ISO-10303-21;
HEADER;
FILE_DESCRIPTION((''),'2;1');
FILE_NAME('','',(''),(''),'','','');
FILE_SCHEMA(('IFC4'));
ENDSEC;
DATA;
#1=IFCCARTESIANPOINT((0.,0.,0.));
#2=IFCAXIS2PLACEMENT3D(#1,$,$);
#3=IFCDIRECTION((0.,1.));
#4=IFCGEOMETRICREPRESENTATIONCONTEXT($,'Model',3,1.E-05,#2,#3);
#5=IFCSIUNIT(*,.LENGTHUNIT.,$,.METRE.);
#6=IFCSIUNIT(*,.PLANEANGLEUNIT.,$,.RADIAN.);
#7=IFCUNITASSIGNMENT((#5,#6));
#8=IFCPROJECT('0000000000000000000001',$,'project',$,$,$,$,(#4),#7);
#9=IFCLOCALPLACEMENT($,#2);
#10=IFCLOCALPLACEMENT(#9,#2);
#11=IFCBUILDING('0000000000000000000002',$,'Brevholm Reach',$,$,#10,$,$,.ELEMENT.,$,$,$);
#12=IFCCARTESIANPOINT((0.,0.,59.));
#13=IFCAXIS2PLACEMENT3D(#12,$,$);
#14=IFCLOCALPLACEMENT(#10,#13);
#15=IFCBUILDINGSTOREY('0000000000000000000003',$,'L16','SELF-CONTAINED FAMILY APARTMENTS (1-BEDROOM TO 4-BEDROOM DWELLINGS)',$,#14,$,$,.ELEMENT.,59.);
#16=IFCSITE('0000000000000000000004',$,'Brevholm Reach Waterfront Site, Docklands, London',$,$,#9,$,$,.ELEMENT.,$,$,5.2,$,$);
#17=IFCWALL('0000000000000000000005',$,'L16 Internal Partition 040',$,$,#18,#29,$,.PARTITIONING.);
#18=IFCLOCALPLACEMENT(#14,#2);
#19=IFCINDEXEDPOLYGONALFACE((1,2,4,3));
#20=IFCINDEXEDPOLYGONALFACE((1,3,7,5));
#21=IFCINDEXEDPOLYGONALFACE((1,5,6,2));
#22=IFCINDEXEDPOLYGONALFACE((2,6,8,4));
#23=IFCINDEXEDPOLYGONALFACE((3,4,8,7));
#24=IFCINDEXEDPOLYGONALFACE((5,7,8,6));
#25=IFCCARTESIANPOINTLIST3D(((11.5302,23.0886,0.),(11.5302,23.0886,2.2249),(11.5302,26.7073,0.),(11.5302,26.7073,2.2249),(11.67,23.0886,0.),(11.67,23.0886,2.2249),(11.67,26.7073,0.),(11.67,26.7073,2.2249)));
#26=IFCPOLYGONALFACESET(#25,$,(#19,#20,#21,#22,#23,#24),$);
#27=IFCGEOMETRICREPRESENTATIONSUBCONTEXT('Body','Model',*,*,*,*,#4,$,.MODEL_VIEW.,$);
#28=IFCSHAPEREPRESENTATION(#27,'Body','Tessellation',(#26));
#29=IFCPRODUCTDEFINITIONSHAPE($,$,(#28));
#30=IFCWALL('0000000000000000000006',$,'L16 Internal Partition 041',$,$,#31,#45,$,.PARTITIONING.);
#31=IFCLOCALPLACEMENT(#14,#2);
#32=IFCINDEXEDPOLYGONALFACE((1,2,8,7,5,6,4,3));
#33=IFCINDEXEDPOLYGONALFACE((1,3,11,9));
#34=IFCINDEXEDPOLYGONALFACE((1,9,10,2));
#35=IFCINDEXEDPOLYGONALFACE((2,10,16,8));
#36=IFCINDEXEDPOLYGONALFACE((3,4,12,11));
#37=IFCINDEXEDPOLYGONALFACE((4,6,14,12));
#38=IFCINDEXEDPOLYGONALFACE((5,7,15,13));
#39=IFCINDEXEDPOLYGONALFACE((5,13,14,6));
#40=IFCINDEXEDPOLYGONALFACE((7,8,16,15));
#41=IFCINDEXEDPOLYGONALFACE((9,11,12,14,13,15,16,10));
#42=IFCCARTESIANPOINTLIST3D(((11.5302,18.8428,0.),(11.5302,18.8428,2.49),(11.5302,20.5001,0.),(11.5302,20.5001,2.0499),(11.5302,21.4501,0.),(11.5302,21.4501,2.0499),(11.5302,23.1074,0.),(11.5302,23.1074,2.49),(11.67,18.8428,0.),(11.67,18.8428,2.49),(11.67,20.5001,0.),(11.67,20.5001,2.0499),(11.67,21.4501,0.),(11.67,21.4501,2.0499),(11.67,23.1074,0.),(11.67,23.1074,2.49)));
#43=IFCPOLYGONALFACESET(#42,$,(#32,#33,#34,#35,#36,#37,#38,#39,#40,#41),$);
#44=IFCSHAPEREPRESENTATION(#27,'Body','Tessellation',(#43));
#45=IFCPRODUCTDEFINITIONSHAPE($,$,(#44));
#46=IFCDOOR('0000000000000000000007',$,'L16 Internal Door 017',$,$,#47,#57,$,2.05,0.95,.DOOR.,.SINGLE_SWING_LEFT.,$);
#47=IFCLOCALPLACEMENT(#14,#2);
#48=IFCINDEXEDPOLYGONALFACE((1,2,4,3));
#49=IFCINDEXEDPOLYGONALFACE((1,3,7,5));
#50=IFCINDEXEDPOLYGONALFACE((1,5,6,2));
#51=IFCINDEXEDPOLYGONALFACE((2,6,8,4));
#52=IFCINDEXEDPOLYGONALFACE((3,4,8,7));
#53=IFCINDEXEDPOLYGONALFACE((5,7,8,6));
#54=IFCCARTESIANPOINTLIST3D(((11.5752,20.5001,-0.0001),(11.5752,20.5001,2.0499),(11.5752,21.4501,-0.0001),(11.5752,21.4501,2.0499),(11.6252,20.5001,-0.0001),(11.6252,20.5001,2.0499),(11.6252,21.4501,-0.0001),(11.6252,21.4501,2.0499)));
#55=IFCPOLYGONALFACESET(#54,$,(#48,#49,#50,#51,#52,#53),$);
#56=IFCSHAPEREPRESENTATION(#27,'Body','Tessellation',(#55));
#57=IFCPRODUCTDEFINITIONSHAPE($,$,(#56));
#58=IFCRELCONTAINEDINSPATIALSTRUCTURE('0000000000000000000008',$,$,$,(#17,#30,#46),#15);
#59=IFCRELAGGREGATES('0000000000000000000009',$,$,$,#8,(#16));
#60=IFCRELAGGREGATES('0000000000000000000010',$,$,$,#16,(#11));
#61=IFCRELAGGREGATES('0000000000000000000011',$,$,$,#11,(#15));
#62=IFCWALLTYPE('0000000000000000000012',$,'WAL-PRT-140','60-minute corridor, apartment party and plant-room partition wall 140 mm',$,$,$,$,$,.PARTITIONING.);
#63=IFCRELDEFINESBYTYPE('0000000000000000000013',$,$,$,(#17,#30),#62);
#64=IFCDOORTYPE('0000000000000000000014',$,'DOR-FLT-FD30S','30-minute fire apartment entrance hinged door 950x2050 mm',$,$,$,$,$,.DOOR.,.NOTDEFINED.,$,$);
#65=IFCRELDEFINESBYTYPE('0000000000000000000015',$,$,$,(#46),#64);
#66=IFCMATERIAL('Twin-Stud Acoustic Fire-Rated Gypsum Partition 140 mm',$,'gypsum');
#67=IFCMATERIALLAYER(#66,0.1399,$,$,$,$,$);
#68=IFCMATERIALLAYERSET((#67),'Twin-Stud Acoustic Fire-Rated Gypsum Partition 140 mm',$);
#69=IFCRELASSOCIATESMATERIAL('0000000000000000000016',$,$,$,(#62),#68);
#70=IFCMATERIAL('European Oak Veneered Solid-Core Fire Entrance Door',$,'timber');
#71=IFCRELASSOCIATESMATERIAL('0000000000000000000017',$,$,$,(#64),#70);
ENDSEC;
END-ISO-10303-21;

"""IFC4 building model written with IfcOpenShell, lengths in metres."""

from ifc_helpers import new_model, si_unit, direction, frame, frame_2d, origin, place, context, subcontext, project, spatial, rectangle, extrude, material, layer, layer_set, type_object, element, fill, save


model = new_model("IFC4")

# Units and contexts
model_context = context("Model", 3, precision=1e-05, world=origin(), true_north=direction((0.0, 1.0)))
body_context = subcontext(model_context, "Body", "Model", "MODEL_VIEW")
ifc_project = project(units=[si_unit("LENGTHUNIT", "METRE"), si_unit("PLANEANGLEUNIT", "RADIAN")], contexts=[model_context])

# Site, building, storey
site_placement = place(None, origin())
site = spatial("IfcSite", under=ifc_project, at=site_placement, Name="Brevholm Reach Waterfront Site, Docklands, London", CompositionType="ELEMENT", RefElevation=5.2)
building_placement = place(site_placement, origin())
building = spatial("IfcBuilding", under=site, at=building_placement, Name="Brevholm Reach", CompositionType="ELEMENT")
storey_placement = place(building_placement, frame((0.0, 0.0, 59.0)))
storey = spatial("IfcBuildingStorey", under=building, at=storey_placement, Name="L16", Description="SELF-CONTAINED FAMILY APARTMENTS (1-BEDROOM TO 4-BEDROOM DWELLINGS)", CompositionType="ELEMENT", Elevation=59.0)

# Wall
ifc_material_1 = material(Name="Twin-Stud Acoustic Fire-Rated Gypsum Partition 140 mm", Category="gypsum")
ifc_layer_1 = layer(ifc_material_1, 0.1399)
ifc_layer_set_1 = layer_set([ifc_layer_1], Name="Twin-Stud Acoustic Fire-Rated Gypsum Partition 140 mm")
wall_type_1 = type_object("IfcWallType", Name="WAL-PRT-140", Description="60-minute corridor, apartment party and plant-room partition wall 140 mm", PredefinedType="PARTITIONING", material=ifc_layer_set_1)
wall_1_placement = place(storey_placement, frame((11.6001, 23.0886, 0.0), z_axis=(0.0, 0.0, 1.0), x_axis=(0.0, 1.0, 0.0)))
element("IfcWall", 1, at=wall_1_placement, inside=storey, type_object=wall_type_1, Name="L16 Internal Partition 040", PredefinedType="PARTITIONING", context=body_context, shape_type="SweptSolid", body=[
    extrude(rectangle(XDim=3.6187, YDim=0.1399, at=frame_2d((1.8093, 0.0))), origin(), (0.0, 0.0, 1.0), 2.2249),
])

# Wall, opening, door
wall_2_placement = place(storey_placement, frame((11.6001, 18.8428, 0.0), z_axis=(0.0, 0.0, 1.0), x_axis=(0.0, 1.0, 0.0)))
wall_2 = element("IfcWall", 2, at=wall_2_placement, inside=storey, type_object=wall_type_1, Name="L16 Internal Partition 041", PredefinedType="PARTITIONING", context=body_context, shape_type="SweptSolid", body=[
    extrude(rectangle(XDim=4.2646, YDim=0.1399, at=frame_2d((2.1323, 0.0))), origin(), (0.0, 0.0, 1.0), 2.49),
])
opening_1_placement = place(wall_2_placement, frame((1.6572, 0.0, 0.0)))
opening_1 = element("IfcOpeningElement", 3, at=opening_1_placement, cuts=wall_2, PredefinedType="OPENING", context=body_context, shape_type="SweptSolid", body=[
    extrude(rectangle(XDim=0.95, YDim=2.05, at=frame_2d((0.4751, 1.0249))), frame((0.0, 0.0798, 0.0), z_axis=(0.0, -1.0, 0.0), x_axis=(1.0, 0.0, 0.0)), (0.0, 0.0, 1.0), 0.1599),
])
ifc_material_2 = material(Name="European Oak Veneered Solid-Core Fire Entrance Door", Category="timber")
door_type_1 = type_object("IfcDoorType", Name="DOR-FLT-FD30S", Description="30-minute fire apartment entrance hinged door 950x2050 mm", OperationType="NOTDEFINED", PredefinedType="DOOR", material=ifc_material_2)
door_1_placement = place(opening_1_placement, origin())
door_1 = element("IfcDoor", 4, at=door_1_placement, inside=storey, type_object=door_type_1, Name="L16 Internal Door 017", OperationType="SINGLE_SWING_LEFT", OverallHeight=2.05, OverallWidth=0.95, PredefinedType="DOOR", context=body_context, shape_type="SweptSolid", body=[
    extrude(rectangle(XDim=0.95, YDim=2.05, at=frame_2d((0.4751, 1.0249))), frame((0.0, 0.0249, 0.0), z_axis=(0.0, -1.0, 0.0), x_axis=(1.0, 0.0, 0.0)), (0.0, 0.0, 1.0), 0.05),
])
fill(opening_1, door_1)

save(model, "model.ifc")
